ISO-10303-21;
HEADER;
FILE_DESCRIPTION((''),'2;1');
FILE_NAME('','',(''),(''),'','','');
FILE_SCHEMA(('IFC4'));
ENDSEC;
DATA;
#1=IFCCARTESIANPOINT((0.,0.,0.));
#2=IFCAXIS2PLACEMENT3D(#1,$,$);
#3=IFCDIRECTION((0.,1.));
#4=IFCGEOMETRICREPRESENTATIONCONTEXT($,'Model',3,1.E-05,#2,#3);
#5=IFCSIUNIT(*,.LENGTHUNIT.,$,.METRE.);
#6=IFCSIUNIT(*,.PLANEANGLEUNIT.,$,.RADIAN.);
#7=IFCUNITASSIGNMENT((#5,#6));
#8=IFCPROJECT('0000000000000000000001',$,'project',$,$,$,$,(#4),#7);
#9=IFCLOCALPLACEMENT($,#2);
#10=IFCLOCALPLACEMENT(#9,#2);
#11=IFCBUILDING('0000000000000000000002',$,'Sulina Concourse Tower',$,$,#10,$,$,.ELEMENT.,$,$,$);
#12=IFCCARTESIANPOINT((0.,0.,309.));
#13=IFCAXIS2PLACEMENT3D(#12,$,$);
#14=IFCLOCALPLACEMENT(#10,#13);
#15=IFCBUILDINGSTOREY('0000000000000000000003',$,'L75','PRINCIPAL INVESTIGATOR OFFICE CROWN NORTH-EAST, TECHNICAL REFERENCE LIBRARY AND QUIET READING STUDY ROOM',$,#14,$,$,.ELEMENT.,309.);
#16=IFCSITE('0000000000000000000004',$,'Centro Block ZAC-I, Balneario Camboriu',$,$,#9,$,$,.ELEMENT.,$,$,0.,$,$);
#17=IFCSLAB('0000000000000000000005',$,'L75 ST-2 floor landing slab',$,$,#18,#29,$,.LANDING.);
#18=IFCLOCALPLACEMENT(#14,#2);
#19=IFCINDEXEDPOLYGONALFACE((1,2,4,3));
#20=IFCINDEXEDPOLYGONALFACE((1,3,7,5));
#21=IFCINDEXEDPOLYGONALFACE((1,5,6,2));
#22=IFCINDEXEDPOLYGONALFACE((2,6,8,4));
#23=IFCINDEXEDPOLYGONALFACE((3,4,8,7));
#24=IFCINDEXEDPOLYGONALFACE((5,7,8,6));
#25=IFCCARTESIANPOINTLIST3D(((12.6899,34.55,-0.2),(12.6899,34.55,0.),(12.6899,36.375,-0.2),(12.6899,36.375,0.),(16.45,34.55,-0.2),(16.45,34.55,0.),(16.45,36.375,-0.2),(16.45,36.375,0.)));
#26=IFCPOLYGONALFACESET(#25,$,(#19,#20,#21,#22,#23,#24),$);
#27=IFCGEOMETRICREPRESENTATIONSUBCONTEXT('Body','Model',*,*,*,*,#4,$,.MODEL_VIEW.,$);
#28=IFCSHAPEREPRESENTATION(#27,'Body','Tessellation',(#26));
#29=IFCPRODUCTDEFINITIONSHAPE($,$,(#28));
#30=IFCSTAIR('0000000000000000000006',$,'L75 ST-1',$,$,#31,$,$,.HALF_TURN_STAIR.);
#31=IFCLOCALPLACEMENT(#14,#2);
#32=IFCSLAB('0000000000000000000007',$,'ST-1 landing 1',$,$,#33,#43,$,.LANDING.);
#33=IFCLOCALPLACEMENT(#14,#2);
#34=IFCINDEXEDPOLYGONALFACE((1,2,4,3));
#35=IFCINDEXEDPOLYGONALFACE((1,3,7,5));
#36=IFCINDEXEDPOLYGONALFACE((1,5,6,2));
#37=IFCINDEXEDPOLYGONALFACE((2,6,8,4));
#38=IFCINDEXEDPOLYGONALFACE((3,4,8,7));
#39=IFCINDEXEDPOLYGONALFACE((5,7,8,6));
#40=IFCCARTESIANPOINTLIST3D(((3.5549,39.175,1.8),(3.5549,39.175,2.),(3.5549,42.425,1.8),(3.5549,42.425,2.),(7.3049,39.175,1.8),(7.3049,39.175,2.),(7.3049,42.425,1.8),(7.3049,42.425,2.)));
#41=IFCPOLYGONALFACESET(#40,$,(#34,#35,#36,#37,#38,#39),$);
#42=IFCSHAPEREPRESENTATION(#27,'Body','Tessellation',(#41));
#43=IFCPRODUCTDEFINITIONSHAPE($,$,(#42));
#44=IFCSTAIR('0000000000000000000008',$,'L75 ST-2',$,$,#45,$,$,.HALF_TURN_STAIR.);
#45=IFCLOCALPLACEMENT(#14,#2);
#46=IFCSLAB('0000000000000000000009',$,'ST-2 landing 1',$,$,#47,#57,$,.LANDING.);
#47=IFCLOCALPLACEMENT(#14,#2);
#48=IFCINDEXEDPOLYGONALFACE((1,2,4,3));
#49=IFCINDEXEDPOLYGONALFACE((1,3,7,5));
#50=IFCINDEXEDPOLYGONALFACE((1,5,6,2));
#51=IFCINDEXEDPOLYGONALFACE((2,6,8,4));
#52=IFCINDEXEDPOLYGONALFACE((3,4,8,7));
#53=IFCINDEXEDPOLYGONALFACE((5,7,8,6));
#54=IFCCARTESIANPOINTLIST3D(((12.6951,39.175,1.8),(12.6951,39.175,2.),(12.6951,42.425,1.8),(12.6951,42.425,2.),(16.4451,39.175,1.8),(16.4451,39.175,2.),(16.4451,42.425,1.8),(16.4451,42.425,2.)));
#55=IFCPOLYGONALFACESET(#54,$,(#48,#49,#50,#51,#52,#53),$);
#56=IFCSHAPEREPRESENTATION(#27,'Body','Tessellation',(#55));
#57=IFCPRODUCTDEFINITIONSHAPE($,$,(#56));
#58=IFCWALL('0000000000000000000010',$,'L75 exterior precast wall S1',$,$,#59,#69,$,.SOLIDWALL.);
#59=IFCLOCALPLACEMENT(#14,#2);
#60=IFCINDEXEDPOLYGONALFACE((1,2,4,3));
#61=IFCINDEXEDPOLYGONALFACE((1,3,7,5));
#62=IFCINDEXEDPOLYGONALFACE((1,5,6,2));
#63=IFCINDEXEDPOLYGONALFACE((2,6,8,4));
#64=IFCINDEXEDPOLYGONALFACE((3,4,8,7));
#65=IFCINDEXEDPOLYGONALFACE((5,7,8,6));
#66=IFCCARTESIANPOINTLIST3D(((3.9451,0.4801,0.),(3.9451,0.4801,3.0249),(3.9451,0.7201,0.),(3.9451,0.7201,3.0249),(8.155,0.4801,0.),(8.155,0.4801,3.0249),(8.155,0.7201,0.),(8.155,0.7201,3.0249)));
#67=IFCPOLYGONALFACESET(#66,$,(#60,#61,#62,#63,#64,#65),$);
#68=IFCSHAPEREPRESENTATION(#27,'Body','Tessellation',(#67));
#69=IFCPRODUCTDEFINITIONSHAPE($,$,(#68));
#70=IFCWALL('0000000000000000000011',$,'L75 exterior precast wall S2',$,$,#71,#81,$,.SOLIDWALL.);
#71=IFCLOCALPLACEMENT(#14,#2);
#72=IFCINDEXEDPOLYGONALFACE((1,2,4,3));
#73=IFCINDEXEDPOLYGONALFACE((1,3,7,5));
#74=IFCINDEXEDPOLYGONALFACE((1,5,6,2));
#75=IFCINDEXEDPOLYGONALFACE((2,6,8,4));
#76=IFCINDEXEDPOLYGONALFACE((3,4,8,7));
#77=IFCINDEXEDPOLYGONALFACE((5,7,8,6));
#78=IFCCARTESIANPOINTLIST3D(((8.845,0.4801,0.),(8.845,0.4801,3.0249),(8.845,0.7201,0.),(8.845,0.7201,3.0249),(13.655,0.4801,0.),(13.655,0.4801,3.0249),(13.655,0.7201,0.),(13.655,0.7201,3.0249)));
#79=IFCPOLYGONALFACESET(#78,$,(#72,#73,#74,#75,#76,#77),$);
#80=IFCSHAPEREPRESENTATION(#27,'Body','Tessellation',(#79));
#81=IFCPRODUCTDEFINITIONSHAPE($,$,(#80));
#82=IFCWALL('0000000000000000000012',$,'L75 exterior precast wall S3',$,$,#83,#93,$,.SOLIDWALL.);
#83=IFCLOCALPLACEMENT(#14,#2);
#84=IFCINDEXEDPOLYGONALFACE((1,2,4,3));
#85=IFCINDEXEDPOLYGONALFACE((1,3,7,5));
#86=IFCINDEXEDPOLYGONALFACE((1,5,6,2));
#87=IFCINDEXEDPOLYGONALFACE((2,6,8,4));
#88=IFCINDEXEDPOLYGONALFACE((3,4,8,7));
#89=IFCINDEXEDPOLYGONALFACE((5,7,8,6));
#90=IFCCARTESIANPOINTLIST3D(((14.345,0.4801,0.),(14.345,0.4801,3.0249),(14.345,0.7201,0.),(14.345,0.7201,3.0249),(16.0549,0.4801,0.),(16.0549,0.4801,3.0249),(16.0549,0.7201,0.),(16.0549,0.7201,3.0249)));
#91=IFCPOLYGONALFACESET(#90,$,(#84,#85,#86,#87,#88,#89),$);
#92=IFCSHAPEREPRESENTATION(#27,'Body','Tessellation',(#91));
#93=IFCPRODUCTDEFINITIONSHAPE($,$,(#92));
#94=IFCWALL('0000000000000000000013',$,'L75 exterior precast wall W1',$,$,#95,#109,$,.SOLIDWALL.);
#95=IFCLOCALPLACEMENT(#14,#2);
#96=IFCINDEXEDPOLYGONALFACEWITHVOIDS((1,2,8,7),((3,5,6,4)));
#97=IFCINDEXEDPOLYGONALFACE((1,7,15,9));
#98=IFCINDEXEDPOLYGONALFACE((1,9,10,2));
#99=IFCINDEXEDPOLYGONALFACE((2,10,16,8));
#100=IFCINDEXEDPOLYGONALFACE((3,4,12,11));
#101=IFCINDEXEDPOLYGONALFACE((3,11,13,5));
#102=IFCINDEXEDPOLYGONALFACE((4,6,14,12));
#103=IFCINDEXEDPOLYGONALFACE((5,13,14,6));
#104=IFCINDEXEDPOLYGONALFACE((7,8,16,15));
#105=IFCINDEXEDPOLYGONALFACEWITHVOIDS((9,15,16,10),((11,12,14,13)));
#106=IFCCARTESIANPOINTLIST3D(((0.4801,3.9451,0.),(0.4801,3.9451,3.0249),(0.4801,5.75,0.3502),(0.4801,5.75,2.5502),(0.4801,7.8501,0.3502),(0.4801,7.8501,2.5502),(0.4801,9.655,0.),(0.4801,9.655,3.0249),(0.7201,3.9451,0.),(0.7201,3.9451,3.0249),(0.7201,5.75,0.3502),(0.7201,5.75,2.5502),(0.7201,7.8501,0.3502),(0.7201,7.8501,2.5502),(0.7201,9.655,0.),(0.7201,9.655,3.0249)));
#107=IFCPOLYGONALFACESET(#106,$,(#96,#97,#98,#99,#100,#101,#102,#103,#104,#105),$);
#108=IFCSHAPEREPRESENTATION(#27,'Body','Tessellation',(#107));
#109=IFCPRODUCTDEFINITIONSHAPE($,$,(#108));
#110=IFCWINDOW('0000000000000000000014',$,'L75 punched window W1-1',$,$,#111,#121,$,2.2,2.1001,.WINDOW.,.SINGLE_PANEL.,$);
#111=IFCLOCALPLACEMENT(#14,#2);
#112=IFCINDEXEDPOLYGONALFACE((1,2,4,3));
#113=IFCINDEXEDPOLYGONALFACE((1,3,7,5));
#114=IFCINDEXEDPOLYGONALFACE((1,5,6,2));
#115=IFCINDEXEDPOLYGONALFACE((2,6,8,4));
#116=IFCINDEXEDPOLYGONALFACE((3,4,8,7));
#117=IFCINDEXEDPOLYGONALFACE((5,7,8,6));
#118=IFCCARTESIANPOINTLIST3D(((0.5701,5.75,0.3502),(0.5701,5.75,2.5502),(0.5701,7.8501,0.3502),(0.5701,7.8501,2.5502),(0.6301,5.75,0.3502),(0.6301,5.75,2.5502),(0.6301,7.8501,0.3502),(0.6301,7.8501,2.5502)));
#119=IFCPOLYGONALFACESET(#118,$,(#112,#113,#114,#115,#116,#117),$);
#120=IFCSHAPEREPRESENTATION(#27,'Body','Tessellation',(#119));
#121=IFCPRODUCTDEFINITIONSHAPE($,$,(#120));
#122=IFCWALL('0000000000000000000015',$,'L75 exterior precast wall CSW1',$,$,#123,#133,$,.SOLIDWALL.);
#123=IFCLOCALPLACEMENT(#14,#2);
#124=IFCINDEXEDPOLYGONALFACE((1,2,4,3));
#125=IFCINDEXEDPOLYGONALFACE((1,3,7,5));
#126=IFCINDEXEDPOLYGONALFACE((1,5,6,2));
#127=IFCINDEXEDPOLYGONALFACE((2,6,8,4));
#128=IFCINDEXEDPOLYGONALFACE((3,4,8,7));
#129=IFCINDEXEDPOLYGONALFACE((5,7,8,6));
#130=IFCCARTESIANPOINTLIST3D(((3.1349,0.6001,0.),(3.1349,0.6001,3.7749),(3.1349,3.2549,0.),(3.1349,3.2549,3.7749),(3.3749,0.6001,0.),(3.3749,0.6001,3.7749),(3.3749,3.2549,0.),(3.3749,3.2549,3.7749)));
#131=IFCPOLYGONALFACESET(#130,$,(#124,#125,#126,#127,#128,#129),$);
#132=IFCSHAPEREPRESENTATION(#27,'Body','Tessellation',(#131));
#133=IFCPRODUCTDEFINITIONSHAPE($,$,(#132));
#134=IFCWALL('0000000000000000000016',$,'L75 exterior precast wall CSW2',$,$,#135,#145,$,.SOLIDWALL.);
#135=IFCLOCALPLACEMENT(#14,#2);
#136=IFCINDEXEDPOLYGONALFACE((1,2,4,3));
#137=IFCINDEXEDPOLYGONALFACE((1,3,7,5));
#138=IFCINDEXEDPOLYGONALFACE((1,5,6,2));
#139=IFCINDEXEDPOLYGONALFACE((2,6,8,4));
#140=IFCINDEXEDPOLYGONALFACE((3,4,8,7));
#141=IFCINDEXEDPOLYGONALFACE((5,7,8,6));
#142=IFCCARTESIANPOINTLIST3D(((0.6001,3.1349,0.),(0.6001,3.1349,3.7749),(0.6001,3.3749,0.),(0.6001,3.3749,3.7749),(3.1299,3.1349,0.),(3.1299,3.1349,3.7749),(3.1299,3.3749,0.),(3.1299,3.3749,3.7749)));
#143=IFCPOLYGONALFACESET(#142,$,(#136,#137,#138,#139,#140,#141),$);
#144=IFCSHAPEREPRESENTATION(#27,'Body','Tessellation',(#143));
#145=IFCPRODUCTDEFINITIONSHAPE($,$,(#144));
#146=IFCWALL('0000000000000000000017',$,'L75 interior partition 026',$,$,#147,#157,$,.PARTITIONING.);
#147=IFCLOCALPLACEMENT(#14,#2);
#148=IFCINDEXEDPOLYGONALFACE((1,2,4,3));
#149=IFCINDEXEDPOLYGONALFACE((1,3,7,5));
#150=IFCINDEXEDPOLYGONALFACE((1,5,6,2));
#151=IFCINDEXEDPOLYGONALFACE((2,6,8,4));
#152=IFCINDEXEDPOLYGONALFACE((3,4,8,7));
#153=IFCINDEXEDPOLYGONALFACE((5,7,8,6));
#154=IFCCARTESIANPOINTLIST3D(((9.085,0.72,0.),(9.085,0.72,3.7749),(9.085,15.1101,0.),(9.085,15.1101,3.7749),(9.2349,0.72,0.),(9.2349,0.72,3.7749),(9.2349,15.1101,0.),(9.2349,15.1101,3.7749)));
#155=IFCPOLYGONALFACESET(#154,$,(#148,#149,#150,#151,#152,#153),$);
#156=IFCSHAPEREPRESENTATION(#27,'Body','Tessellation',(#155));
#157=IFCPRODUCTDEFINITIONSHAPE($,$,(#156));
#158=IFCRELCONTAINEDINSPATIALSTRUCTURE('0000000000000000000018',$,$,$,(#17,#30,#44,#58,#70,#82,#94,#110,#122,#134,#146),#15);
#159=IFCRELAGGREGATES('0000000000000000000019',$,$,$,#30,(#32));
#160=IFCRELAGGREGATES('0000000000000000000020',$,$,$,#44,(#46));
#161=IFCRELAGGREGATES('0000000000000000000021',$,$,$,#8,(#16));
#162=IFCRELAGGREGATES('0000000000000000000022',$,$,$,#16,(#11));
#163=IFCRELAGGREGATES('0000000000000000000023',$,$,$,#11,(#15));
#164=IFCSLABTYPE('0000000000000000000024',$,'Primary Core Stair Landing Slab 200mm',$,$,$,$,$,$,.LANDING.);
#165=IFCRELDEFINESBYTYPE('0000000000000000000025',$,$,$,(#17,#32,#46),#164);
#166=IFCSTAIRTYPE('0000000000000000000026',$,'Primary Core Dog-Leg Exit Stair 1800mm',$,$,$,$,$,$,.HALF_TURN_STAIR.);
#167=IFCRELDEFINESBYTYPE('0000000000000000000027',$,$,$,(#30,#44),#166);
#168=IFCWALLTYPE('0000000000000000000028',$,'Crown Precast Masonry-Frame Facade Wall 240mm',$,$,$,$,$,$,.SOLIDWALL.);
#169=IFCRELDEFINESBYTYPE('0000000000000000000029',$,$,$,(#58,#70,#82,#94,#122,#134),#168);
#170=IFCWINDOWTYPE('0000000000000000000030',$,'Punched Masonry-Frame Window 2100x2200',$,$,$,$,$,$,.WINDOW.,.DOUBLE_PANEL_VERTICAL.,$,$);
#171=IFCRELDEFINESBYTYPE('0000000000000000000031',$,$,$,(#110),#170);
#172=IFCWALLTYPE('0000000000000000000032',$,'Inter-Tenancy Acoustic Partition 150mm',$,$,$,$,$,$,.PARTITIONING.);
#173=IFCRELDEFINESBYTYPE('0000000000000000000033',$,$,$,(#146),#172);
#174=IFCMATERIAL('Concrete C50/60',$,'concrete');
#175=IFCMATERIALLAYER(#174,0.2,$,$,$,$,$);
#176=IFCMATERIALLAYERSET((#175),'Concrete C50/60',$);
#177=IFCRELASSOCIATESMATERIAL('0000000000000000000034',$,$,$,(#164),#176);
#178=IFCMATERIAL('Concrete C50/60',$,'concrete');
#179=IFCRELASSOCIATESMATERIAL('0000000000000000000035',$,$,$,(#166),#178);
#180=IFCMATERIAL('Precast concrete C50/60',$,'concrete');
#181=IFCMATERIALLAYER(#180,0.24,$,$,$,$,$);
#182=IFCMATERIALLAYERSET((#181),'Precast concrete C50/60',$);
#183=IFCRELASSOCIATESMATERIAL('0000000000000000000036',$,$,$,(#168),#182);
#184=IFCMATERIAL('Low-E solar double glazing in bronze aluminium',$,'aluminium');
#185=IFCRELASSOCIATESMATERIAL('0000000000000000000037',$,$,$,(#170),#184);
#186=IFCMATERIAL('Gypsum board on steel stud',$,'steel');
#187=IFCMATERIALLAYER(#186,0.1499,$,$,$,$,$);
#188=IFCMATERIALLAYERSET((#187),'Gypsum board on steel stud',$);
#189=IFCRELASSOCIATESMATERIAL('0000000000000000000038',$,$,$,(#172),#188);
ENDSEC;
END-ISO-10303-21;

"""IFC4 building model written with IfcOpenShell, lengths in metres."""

from ifc_helpers import new_model, si_unit, direction, frame, frame_2d, origin, place, context, subcontext, project, spatial, polyline, rectangle, outline, extrude, material, layer, layer_set, type_object, element, fill, aggregate, save


model = new_model("IFC4")

# Units and contexts
model_context = context("Model", 3, precision=1e-05, world=origin(), true_north=direction((0.0, 1.0)))
body_context = subcontext(model_context, "Body", "Model", "MODEL_VIEW")
ifc_project = project(units=[si_unit("LENGTHUNIT", "METRE"), si_unit("PLANEANGLEUNIT", "RADIAN")], contexts=[model_context])

# Site, building, storey
site_placement = place(None, origin())
site = spatial("IfcSite", under=ifc_project, at=site_placement, Name="Centro Block ZAC-I, Balneario Camboriu", CompositionType="ELEMENT", RefElevation=0.0)
building_placement = place(site_placement, origin())
building = spatial("IfcBuilding", under=site, at=building_placement, Name="Sulina Concourse Tower", CompositionType="ELEMENT")
storey_placement = place(building_placement, frame((0.0, 0.0, 309.0)))
storey = spatial("IfcBuildingStorey", under=building, at=storey_placement, Name="L75", Description="PRINCIPAL INVESTIGATOR OFFICE CROWN NORTH-EAST, TECHNICAL REFERENCE LIBRARY AND QUIET READING STUDY ROOM", CompositionType="ELEMENT", Elevation=309.0)

# Slab
ifc_material_1 = material(Name="Concrete C50/60", Category="concrete")
ifc_layer_1 = layer(ifc_material_1, 0.2)
ifc_layer_set_1 = layer_set([ifc_layer_1], Name="Concrete C50/60")
slab_type_1 = type_object("IfcSlabType", Name="Primary Core Stair Landing Slab 200mm", PredefinedType="LANDING", material=ifc_layer_set_1)
slab_1_placement = place(storey_placement, frame((0.0, 0.0, -0.2)))
element("IfcSlab", 1, at=slab_1_placement, inside=storey, type_object=slab_type_1, Name="L75 ST-2 floor landing slab", PredefinedType="LANDING", context=body_context, shape_type="SweptSolid", body=[
    extrude(outline(polyline([(16.45, 34.55), (16.45, 36.375), (12.6899, 36.375), (12.6899, 34.55), (16.45, 34.55)])), origin(), (0.0, 0.0, 1.0), 0.2),
])

# Stairs, slabs
ifc_material_2 = material(Name="Concrete C50/60", Category="concrete")
stair_type = type_object("IfcStairType", Name="Primary Core Dog-Leg Exit Stair 1800mm", PredefinedType="HALF_TURN_STAIR", material=ifc_material_2)
stair_1_placement = place(storey_placement, origin())
stair_1 = element("IfcStair", 2, at=stair_1_placement, inside=storey, type_object=stair_type, Name="L75 ST-1", PredefinedType="HALF_TURN_STAIR")
slab_2_placement = place(storey_placement, frame((0.0, 0.0, 1.8)))
slab_2 = element("IfcSlab", 3, at=slab_2_placement, type_object=slab_type_1, Name="ST-1 landing 1", PredefinedType="LANDING", context=body_context, shape_type="SweptSolid", body=[
    extrude(outline(polyline([(7.3049, 39.175), (7.3049, 42.425), (3.5549, 42.425), (3.5549, 39.175), (7.3049, 39.175)])), origin(), (0.0, 0.0, 1.0), 0.2),
])
aggregate(stair_1, [slab_2])
stair_2_placement = place(storey_placement, origin())
stair_2 = element("IfcStair", 4, at=stair_2_placement, inside=storey, type_object=stair_type, Name="L75 ST-2", PredefinedType="HALF_TURN_STAIR")
slab_3_placement = place(storey_placement, frame((0.0, 0.0, 1.8)))
slab_3 = element("IfcSlab", 5, at=slab_3_placement, type_object=slab_type_1, Name="ST-2 landing 1", PredefinedType="LANDING", context=body_context, shape_type="SweptSolid", body=[
    extrude(outline(polyline([(16.4451, 39.175), (16.4451, 42.425), (12.6951, 42.425), (12.6951, 39.175), (16.4451, 39.175)])), origin(), (0.0, 0.0, 1.0), 0.2),
])
aggregate(stair_2, [slab_3])

# Walls
ifc_material_3 = material(Name="Precast concrete C50/60", Category="concrete")
ifc_layer_2 = layer(ifc_material_3, 0.24)
ifc_layer_set_2 = layer_set([ifc_layer_2], Name="Precast concrete C50/60")
wall_type_1 = type_object("IfcWallType", Name="Crown Precast Masonry-Frame Facade Wall 240mm", PredefinedType="SOLIDWALL", material=ifc_layer_set_2)
wall_1_placement = place(storey_placement, frame((8.155, 0.6001, 0.0), z_axis=(0.0, 0.0, 1.0), x_axis=(-1.0, 0.0, 0.0)))
element("IfcWall", 6, at=wall_1_placement, inside=storey, type_object=wall_type_1, Name="L75 exterior precast wall S1", PredefinedType="SOLIDWALL", context=body_context, shape_type="SweptSolid", body=[
    extrude(rectangle(XDim=4.21, YDim=0.24, at=frame_2d((2.105, 0.0))), origin(), (0.0, 0.0, 1.0), 3.0249),
])
wall_2_placement = place(storey_placement, frame((13.655, 0.6001, 0.0), z_axis=(0.0, 0.0, 1.0), x_axis=(-1.0, 0.0, 0.0)))
element("IfcWall", 7, at=wall_2_placement, inside=storey, type_object=wall_type_1, Name="L75 exterior precast wall S2", PredefinedType="SOLIDWALL", context=body_context, shape_type="SweptSolid", body=[
    extrude(rectangle(XDim=4.8101, YDim=0.24, at=frame_2d((2.405, 0.0))), origin(), (0.0, 0.0, 1.0), 3.0249),
])
wall_3_placement = place(storey_placement, frame((16.0549, 0.6001, 0.0), z_axis=(0.0, 0.0, 1.0), x_axis=(-1.0, 0.0, 0.0)))
element("IfcWall", 8, at=wall_3_placement, inside=storey, type_object=wall_type_1, Name="L75 exterior precast wall S3", PredefinedType="SOLIDWALL", context=body_context, shape_type="SweptSolid", body=[
    extrude(rectangle(XDim=1.71, YDim=0.24, at=frame_2d((0.855, 0.0))), origin(), (0.0, 0.0, 1.0), 3.0249),
])

# Wall, opening, window
wall_4_placement = place(storey_placement, frame((0.6001, 3.9451, 0.0), z_axis=(0.0, 0.0, 1.0), x_axis=(0.0, 1.0, 0.0)))
wall_4 = element("IfcWall", 9, at=wall_4_placement, inside=storey, type_object=wall_type_1, Name="L75 exterior precast wall W1", PredefinedType="SOLIDWALL", context=body_context, shape_type="SweptSolid", body=[
    extrude(rectangle(XDim=5.71, YDim=0.24, at=frame_2d((2.855, 0.0))), origin(), (0.0, 0.0, 1.0), 3.0249),
])
opening_placement = place(wall_4_placement, frame((1.8049, 0.0, 0.3501)))
opening = element("IfcOpeningElement", 10, at=opening_placement, cuts=wall_4, PredefinedType="OPENING", context=body_context, shape_type="SweptSolid", body=[
    extrude(rectangle(XDim=2.1001, YDim=2.2, at=frame_2d((1.05, 1.1001))), frame((0.0, 0.1299, 0.0), z_axis=(0.0, -1.0, 0.0), x_axis=(1.0, 0.0, 0.0)), (0.0, 0.0, 1.0), 0.26),
])
ifc_material_4 = material(Name="Low-E solar double glazing in bronze aluminium", Category="aluminium")
window_type = type_object("IfcWindowType", Name="Punched Masonry-Frame Window 2100x2200", PartitioningType="DOUBLE_PANEL_VERTICAL", PredefinedType="WINDOW", material=ifc_material_4)
window_placement = place(opening_placement, origin())
window = element("IfcWindow", 11, at=window_placement, inside=storey, type_object=window_type, Name="L75 punched window W1-1", OverallHeight=2.2, OverallWidth=2.1001, PartitioningType="SINGLE_PANEL", PredefinedType="WINDOW", context=body_context, shape_type="SweptSolid", body=[
    extrude(rectangle(XDim=2.1001, YDim=2.2, at=frame_2d((1.05, 1.1001))), frame((0.0, 0.03, 0.0), z_axis=(0.0, -1.0, 0.0), x_axis=(1.0, 0.0, 0.0)), (0.0, 0.0, 1.0), 0.0601),
])
fill(opening, window)

# Walls
wall_5_placement = place(storey_placement, frame((3.2549, 0.6001, 0.0), z_axis=(0.0, 0.0, 1.0), x_axis=(0.0, 1.0, 0.0)))
element("IfcWall", 12, at=wall_5_placement, inside=storey, type_object=wall_type_1, Name="L75 exterior precast wall CSW1", PredefinedType="SOLIDWALL", context=body_context, shape_type="SweptSolid", body=[
    extrude(rectangle(XDim=2.6548, YDim=0.24, at=frame_2d((1.3274, 0.0))), origin(), (0.0, 0.0, 1.0), 3.7749),
])
wall_6_placement = place(storey_placement, frame((3.1299, 3.2549, 0.0), z_axis=(0.0, 0.0, 1.0), x_axis=(-1.0, 0.0, 0.0)))
element("IfcWall", 13, at=wall_6_placement, inside=storey, type_object=wall_type_1, Name="L75 exterior precast wall CSW2", PredefinedType="SOLIDWALL", context=body_context, shape_type="SweptSolid", body=[
    extrude(rectangle(XDim=2.5298, YDim=0.24, at=frame_2d((1.2649, 0.0))), origin(), (0.0, 0.0, 1.0), 3.7749),
])
ifc_material_5 = material(Name="Gypsum board on steel stud", Category="steel")
ifc_layer_3 = layer(ifc_material_5, 0.1499)
ifc_layer_set_3 = layer_set([ifc_layer_3], Name="Gypsum board on steel stud")
wall_type_2 = type_object("IfcWallType", Name="Inter-Tenancy Acoustic Partition 150mm", PredefinedType="PARTITIONING", material=ifc_layer_set_3)
wall_7_placement = place(storey_placement, frame((9.1599, 0.72, 0.0), z_axis=(0.0, 0.0, 1.0), x_axis=(0.0, 1.0, 0.0)))
element("IfcWall", 14, at=wall_7_placement, inside=storey, type_object=wall_type_2, Name="L75 interior partition 026", PredefinedType="PARTITIONING", context=body_context, shape_type="SweptSolid", body=[
    extrude(rectangle(XDim=14.3901, YDim=0.1499, at=frame_2d((7.1951, 0.0))), origin(), (0.0, 0.0, 1.0), 3.7749),
])

save(model, "model.ifc")
